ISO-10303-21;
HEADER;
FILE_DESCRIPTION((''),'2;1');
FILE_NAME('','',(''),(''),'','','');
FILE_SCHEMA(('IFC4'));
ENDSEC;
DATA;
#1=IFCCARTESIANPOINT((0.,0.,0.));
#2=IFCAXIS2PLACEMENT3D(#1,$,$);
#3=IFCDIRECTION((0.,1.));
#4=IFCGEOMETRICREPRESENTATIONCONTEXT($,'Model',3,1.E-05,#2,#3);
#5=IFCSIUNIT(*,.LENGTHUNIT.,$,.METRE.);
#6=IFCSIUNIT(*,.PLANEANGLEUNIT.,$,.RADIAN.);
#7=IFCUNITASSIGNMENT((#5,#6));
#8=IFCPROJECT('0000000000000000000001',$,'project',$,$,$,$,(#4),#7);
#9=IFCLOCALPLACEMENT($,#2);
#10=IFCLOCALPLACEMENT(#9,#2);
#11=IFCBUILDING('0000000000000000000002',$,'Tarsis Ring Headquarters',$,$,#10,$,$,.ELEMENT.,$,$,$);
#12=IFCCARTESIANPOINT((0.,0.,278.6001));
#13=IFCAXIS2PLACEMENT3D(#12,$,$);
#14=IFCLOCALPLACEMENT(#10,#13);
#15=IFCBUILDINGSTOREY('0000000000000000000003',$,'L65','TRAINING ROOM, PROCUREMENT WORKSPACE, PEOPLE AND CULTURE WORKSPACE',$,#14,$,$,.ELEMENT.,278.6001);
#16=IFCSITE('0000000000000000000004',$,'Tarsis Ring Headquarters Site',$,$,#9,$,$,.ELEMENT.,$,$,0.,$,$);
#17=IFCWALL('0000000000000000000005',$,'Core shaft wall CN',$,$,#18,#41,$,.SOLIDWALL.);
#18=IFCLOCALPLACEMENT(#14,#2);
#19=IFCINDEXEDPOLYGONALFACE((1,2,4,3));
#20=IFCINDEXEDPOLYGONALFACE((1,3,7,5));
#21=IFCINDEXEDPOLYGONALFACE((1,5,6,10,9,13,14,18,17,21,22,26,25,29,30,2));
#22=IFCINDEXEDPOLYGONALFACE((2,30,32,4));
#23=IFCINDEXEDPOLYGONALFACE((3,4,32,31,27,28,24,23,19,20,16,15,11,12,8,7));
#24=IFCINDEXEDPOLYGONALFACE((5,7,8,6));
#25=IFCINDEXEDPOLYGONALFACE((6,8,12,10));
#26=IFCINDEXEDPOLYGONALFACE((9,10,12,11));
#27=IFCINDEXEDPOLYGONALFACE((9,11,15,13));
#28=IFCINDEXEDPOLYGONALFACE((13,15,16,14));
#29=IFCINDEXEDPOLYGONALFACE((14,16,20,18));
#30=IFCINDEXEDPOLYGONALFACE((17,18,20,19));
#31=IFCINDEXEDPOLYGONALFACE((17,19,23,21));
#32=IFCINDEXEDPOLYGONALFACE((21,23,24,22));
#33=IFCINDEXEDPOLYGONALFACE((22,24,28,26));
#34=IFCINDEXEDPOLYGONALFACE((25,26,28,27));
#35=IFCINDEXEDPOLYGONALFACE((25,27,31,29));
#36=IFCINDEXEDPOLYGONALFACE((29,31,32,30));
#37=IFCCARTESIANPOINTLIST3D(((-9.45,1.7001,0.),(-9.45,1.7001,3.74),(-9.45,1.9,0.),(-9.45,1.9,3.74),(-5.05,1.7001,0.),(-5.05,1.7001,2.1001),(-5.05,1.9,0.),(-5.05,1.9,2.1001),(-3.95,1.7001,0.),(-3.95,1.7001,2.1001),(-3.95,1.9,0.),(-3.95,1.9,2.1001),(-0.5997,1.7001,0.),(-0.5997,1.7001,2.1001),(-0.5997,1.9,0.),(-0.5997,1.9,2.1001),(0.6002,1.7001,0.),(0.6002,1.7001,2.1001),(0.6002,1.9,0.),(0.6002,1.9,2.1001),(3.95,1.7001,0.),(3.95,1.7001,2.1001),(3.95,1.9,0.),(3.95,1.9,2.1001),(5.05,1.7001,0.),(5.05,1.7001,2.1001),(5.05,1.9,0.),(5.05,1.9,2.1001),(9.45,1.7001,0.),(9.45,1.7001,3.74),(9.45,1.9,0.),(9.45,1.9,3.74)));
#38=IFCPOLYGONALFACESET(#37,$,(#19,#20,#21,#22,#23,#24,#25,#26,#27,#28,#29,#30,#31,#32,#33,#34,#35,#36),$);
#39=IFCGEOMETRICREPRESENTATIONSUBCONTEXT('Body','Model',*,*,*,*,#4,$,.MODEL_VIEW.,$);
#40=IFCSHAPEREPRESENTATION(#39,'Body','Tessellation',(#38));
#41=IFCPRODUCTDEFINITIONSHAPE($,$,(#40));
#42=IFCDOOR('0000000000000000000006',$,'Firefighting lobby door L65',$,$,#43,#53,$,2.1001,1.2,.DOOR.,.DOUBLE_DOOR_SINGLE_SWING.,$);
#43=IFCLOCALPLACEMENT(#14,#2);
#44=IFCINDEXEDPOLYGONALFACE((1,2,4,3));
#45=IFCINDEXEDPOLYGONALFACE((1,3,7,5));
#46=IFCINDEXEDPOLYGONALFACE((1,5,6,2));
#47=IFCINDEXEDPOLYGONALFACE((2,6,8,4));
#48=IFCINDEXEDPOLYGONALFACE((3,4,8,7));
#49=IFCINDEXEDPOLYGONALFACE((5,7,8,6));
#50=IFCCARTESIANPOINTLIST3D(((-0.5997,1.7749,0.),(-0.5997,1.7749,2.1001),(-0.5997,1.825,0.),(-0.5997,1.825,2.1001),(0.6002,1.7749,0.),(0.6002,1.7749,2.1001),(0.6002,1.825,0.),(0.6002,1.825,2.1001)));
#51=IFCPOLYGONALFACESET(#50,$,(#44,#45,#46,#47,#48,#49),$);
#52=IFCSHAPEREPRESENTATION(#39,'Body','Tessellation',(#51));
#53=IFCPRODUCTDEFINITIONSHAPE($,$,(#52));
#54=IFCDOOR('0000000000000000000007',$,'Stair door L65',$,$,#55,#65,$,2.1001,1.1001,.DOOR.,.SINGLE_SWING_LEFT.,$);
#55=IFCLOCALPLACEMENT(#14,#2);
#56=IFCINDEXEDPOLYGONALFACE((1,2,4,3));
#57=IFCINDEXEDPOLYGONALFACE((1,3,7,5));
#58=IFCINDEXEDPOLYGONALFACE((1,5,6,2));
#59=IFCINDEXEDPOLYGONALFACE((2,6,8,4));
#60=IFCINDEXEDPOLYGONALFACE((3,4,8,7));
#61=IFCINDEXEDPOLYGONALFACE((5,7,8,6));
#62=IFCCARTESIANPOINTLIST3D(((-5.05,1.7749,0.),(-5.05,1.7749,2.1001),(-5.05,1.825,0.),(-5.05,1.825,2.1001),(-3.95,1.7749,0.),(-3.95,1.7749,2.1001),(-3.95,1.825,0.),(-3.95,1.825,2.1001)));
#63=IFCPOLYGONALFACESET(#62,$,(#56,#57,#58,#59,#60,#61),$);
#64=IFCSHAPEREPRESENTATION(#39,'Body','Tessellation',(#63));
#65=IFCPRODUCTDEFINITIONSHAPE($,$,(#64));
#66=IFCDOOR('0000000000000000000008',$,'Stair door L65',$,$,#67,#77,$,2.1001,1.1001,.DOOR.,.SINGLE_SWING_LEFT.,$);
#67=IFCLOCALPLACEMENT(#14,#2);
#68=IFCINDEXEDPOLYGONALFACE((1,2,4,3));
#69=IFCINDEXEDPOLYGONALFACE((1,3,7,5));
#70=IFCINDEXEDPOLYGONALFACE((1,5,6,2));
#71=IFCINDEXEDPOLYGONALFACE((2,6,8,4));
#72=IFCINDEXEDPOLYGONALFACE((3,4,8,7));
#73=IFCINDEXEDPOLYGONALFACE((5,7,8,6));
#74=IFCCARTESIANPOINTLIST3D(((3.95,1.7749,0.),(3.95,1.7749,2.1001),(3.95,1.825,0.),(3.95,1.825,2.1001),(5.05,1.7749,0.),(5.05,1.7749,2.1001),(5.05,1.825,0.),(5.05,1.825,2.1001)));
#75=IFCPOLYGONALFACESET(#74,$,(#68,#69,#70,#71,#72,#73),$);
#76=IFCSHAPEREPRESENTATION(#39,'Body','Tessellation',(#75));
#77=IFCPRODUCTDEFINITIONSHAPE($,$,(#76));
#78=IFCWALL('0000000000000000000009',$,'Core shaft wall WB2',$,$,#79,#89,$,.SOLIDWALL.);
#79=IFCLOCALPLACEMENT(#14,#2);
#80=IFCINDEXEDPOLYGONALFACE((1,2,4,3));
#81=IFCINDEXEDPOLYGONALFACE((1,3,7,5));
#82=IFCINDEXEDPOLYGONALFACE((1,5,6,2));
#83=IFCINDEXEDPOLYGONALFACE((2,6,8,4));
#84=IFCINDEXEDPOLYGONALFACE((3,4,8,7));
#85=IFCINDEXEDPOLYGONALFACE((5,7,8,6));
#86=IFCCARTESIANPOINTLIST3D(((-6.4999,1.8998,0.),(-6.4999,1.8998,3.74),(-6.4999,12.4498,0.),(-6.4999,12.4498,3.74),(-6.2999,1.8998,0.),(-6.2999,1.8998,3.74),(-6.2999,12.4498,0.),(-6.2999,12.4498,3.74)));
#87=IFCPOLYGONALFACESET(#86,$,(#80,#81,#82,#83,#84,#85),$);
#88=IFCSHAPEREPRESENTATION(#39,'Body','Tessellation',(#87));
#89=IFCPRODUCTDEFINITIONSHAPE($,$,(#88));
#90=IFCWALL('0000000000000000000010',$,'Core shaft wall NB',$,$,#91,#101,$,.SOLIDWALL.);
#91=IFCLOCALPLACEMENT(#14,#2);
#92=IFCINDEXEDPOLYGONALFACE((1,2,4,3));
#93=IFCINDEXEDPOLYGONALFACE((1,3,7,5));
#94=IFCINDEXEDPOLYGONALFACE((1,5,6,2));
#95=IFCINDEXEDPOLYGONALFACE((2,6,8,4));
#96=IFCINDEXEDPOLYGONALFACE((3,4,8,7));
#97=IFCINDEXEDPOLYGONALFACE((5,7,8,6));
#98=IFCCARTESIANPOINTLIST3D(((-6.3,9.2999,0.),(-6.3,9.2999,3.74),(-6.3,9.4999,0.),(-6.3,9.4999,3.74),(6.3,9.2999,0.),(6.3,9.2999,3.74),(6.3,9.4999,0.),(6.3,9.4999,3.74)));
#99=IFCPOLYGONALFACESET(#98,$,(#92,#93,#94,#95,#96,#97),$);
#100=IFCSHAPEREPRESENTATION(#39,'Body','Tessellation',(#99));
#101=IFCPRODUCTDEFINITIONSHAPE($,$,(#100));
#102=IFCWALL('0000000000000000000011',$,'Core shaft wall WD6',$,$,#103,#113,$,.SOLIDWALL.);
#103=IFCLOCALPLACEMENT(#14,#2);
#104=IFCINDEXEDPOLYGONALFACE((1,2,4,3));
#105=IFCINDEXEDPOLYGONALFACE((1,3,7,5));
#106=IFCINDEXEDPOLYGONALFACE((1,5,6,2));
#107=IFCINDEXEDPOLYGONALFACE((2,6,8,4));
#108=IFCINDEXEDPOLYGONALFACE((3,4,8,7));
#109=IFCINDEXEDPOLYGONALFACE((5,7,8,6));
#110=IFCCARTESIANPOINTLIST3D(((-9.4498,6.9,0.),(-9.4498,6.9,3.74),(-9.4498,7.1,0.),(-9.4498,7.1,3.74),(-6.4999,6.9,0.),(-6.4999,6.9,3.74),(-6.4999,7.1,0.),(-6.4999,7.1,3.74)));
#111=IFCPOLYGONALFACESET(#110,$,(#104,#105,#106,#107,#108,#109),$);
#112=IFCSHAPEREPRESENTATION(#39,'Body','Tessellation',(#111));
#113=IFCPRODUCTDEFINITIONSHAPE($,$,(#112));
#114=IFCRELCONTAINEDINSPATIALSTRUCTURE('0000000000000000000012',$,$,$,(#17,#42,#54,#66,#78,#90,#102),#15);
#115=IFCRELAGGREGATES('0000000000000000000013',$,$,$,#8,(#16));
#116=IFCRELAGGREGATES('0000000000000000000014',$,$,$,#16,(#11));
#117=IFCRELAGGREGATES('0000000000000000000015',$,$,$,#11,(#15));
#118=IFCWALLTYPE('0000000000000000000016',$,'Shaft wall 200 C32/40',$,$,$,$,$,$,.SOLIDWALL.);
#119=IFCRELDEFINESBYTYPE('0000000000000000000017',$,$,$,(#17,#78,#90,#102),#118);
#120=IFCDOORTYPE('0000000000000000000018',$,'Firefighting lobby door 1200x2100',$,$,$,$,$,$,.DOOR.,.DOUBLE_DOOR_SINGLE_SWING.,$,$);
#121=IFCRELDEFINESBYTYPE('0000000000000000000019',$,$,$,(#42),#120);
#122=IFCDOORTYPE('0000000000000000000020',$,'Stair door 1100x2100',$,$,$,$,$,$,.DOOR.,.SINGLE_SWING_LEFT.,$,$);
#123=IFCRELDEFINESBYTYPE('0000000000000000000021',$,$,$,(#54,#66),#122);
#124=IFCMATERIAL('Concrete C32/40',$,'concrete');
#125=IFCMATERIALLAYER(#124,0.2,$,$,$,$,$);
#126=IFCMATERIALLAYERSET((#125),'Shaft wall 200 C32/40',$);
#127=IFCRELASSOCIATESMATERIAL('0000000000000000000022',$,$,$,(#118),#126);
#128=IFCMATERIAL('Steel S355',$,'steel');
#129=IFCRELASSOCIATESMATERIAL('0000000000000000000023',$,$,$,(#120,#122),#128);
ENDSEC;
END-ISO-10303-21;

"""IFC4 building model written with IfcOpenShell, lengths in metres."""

from ifc_helpers import new_model, si_unit, direction, frame, frame_2d, origin, place, context, subcontext, project, spatial, rectangle, extrude, material, layer, layer_set, type_object, element, fill, save


model = new_model("IFC4")

# Units and contexts
model_context = context("Model", 3, precision=1e-05, world=origin(), true_north=direction((0.0, 1.0)))
body_context = subcontext(model_context, "Body", "Model", "MODEL_VIEW")
ifc_project = project(units=[si_unit("LENGTHUNIT", "METRE"), si_unit("PLANEANGLEUNIT", "RADIAN")], contexts=[model_context])

# Site, building, storey
site_placement = place(None, origin())
site = spatial("IfcSite", under=ifc_project, at=site_placement, Name="Tarsis Ring Headquarters Site", CompositionType="ELEMENT", RefElevation=0.0)
building_placement = place(site_placement, origin())
building = spatial("IfcBuilding", under=site, at=building_placement, Name="Tarsis Ring Headquarters", CompositionType="ELEMENT")
storey_placement = place(building_placement, frame((0.0, 0.0, 278.6001)))
storey = spatial("IfcBuildingStorey", under=building, at=storey_placement, Name="L65", Description="TRAINING ROOM, PROCUREMENT WORKSPACE, PEOPLE AND CULTURE WORKSPACE", CompositionType="ELEMENT", Elevation=278.6001)

# Shared definitions
ifc_material_1 = material(Name="Steel S355", Category="steel")

# Shared definitions
ifc_material_2 = material(Name="Concrete C32/40", Category="concrete")

# Wall, openings, doors
ifc_layer_1 = layer(ifc_material_2, 0.2)
ifc_layer_set_1 = layer_set([ifc_layer_1], Name="Shaft wall 200 C32/40")
wall_type_1 = type_object("IfcWallType", Name="Shaft wall 200 C32/40", PredefinedType="SOLIDWALL", material=ifc_layer_set_1)
wall_1_placement = place(storey_placement, frame((-9.45, 1.8, 0.0), z_axis=(0.0, 0.0, 1.0), x_axis=(1.0, 0.0, 0.0)))
wall_1 = element("IfcWall", 1, at=wall_1_placement, inside=storey, type_object=wall_type_1, Name="Core shaft wall CN", PredefinedType="SOLIDWALL", context=body_context, shape_type="SweptSolid", body=[
    extrude(rectangle(XDim=18.8999, YDim=0.2, at=frame_2d((9.45, 0.0))), origin(), (0.0, 0.0, 1.0), 3.74),
])
opening_1_placement = place(wall_1_placement, frame((4.3999, 0.0, 0.0)))
opening_1 = element("IfcOpeningElement", 2, at=opening_1_placement, cuts=wall_1, PredefinedType="OPENING", context=body_context, shape_type="SweptSolid", body=[
    extrude(rectangle(XDim=1.1001, YDim=2.1001, at=frame_2d((0.55, 1.05))), frame((0.0, 0.1099, 0.0), z_axis=(0.0, -1.0, 0.0), x_axis=(1.0, 0.0, 0.0)), (0.0, 0.0, 1.0), 0.22),
])
opening_2_placement = place(wall_1_placement, frame((8.8501, 0.0, 0.0)))
opening_2 = element("IfcOpeningElement", 3, at=opening_2_placement, cuts=wall_1, PredefinedType="OPENING", context=body_context, shape_type="SweptSolid", body=[
    extrude(rectangle(XDim=1.2, YDim=2.1001, at=frame_2d((0.6001, 1.05))), frame((0.0, 0.1099, 0.0), z_axis=(0.0, -1.0, 0.0), x_axis=(1.0, 0.0, 0.0)), (0.0, 0.0, 1.0), 0.22),
])
opening_3_placement = place(wall_1_placement, frame((13.3999, 0.0, 0.0)))
opening_3 = element("IfcOpeningElement", 4, at=opening_3_placement, cuts=wall_1, PredefinedType="OPENING", context=body_context, shape_type="SweptSolid", body=[
    extrude(rectangle(XDim=1.1001, YDim=2.1001, at=frame_2d((0.55, 1.05))), frame((0.0, 0.1099, 0.0), z_axis=(0.0, -1.0, 0.0), x_axis=(1.0, 0.0, 0.0)), (0.0, 0.0, 1.0), 0.22),
])
door_type_1 = type_object("IfcDoorType", Name="Firefighting lobby door 1200x2100", OperationType="DOUBLE_DOOR_SINGLE_SWING", PredefinedType="DOOR", material=ifc_material_1)
door_1_placement = place(opening_2_placement, origin())
door_1 = element("IfcDoor", 5, at=door_1_placement, inside=storey, type_object=door_type_1, Name="Firefighting lobby door L65", OperationType="DOUBLE_DOOR_SINGLE_SWING", OverallHeight=2.1001, OverallWidth=1.2, PredefinedType="DOOR", context=body_context, shape_type="SweptSolid", body=[
    extrude(rectangle(XDim=1.2, YDim=2.1001, at=frame_2d((0.6001, 1.05))), frame((0.0, 0.0249, 0.0), z_axis=(0.0, -1.0, 0.0), x_axis=(1.0, 0.0, 0.0)), (0.0, 0.0, 1.0), 0.05),
])
fill(opening_2, door_1)
door_type_2 = type_object("IfcDoorType", Name="Stair door 1100x2100", OperationType="SINGLE_SWING_LEFT", PredefinedType="DOOR", material=ifc_material_1)
door_2_placement = place(opening_1_placement, origin())
door_2 = element("IfcDoor", 6, at=door_2_placement, inside=storey, type_object=door_type_2, Name="Stair door L65", OperationType="SINGLE_SWING_LEFT", OverallHeight=2.1001, OverallWidth=1.1001, PredefinedType="DOOR", context=body_context, shape_type="SweptSolid", body=[
    extrude(rectangle(XDim=1.1001, YDim=2.1001, at=frame_2d((0.55, 1.05))), frame((0.0, 0.0249, 0.0), z_axis=(0.0, -1.0, 0.0), x_axis=(1.0, 0.0, 0.0)), (0.0, 0.0, 1.0), 0.05),
])
fill(opening_1, door_2)
door_3_placement = place(opening_3_placement, origin())
door_3 = element("IfcDoor", 7, at=door_3_placement, inside=storey, type_object=door_type_2, Name="Stair door L65", OperationType="SINGLE_SWING_LEFT", OverallHeight=2.1001, OverallWidth=1.1001, PredefinedType="DOOR", context=body_context, shape_type="SweptSolid", body=[
    extrude(rectangle(XDim=1.1001, YDim=2.1001, at=frame_2d((0.55, 1.05))), frame((0.0, 0.0249, 0.0), z_axis=(0.0, -1.0, 0.0), x_axis=(1.0, 0.0, 0.0)), (0.0, 0.0, 1.0), 0.05),
])
fill(opening_3, door_3)

# Walls
wall_2_placement = place(storey_placement, frame((-6.3999, 1.8999, 0.0), z_axis=(0.0, 0.0, 1.0), x_axis=(0.0, 1.0, 0.0)))
element("IfcWall", 8, at=wall_2_placement, inside=storey, type_object=wall_type_1, Name="Core shaft wall WB2", PredefinedType="SOLIDWALL", context=body_context, shape_type="SweptSolid", body=[
    extrude(rectangle(XDim=10.55, YDim=0.2, at=frame_2d((5.2749, 0.0))), origin(), (0.0, 0.0, 1.0), 3.74),
])
wall_3_placement = place(storey_placement, frame((-6.3, 9.3999, 0.0), z_axis=(0.0, 0.0, 1.0), x_axis=(1.0, 0.0, 0.0)))
element("IfcWall", 9, at=wall_3_placement, inside=storey, type_object=wall_type_1, Name="Core shaft wall NB", PredefinedType="SOLIDWALL", context=body_context, shape_type="SweptSolid", body=[
    extrude(rectangle(XDim=12.6001, YDim=0.2, at=frame_2d((6.3, 0.0))), origin(), (0.0, 0.0, 1.0), 3.74),
])
wall_4_placement = place(storey_placement, frame((-9.45, 7.0, 0.0), z_axis=(0.0, 0.0, 1.0), x_axis=(1.0, 0.0, 0.0)))
element("IfcWall", 10, at=wall_4_placement, inside=storey, type_object=wall_type_1, Name="Core shaft wall WD6", PredefinedType="SOLIDWALL", context=body_context, shape_type="SweptSolid", body=[
    extrude(rectangle(XDim=2.95, YDim=0.2, at=frame_2d((1.4751, 0.0))), origin(), (0.0, 0.0, 1.0), 3.74),
])

save(model, "model.ifc")
